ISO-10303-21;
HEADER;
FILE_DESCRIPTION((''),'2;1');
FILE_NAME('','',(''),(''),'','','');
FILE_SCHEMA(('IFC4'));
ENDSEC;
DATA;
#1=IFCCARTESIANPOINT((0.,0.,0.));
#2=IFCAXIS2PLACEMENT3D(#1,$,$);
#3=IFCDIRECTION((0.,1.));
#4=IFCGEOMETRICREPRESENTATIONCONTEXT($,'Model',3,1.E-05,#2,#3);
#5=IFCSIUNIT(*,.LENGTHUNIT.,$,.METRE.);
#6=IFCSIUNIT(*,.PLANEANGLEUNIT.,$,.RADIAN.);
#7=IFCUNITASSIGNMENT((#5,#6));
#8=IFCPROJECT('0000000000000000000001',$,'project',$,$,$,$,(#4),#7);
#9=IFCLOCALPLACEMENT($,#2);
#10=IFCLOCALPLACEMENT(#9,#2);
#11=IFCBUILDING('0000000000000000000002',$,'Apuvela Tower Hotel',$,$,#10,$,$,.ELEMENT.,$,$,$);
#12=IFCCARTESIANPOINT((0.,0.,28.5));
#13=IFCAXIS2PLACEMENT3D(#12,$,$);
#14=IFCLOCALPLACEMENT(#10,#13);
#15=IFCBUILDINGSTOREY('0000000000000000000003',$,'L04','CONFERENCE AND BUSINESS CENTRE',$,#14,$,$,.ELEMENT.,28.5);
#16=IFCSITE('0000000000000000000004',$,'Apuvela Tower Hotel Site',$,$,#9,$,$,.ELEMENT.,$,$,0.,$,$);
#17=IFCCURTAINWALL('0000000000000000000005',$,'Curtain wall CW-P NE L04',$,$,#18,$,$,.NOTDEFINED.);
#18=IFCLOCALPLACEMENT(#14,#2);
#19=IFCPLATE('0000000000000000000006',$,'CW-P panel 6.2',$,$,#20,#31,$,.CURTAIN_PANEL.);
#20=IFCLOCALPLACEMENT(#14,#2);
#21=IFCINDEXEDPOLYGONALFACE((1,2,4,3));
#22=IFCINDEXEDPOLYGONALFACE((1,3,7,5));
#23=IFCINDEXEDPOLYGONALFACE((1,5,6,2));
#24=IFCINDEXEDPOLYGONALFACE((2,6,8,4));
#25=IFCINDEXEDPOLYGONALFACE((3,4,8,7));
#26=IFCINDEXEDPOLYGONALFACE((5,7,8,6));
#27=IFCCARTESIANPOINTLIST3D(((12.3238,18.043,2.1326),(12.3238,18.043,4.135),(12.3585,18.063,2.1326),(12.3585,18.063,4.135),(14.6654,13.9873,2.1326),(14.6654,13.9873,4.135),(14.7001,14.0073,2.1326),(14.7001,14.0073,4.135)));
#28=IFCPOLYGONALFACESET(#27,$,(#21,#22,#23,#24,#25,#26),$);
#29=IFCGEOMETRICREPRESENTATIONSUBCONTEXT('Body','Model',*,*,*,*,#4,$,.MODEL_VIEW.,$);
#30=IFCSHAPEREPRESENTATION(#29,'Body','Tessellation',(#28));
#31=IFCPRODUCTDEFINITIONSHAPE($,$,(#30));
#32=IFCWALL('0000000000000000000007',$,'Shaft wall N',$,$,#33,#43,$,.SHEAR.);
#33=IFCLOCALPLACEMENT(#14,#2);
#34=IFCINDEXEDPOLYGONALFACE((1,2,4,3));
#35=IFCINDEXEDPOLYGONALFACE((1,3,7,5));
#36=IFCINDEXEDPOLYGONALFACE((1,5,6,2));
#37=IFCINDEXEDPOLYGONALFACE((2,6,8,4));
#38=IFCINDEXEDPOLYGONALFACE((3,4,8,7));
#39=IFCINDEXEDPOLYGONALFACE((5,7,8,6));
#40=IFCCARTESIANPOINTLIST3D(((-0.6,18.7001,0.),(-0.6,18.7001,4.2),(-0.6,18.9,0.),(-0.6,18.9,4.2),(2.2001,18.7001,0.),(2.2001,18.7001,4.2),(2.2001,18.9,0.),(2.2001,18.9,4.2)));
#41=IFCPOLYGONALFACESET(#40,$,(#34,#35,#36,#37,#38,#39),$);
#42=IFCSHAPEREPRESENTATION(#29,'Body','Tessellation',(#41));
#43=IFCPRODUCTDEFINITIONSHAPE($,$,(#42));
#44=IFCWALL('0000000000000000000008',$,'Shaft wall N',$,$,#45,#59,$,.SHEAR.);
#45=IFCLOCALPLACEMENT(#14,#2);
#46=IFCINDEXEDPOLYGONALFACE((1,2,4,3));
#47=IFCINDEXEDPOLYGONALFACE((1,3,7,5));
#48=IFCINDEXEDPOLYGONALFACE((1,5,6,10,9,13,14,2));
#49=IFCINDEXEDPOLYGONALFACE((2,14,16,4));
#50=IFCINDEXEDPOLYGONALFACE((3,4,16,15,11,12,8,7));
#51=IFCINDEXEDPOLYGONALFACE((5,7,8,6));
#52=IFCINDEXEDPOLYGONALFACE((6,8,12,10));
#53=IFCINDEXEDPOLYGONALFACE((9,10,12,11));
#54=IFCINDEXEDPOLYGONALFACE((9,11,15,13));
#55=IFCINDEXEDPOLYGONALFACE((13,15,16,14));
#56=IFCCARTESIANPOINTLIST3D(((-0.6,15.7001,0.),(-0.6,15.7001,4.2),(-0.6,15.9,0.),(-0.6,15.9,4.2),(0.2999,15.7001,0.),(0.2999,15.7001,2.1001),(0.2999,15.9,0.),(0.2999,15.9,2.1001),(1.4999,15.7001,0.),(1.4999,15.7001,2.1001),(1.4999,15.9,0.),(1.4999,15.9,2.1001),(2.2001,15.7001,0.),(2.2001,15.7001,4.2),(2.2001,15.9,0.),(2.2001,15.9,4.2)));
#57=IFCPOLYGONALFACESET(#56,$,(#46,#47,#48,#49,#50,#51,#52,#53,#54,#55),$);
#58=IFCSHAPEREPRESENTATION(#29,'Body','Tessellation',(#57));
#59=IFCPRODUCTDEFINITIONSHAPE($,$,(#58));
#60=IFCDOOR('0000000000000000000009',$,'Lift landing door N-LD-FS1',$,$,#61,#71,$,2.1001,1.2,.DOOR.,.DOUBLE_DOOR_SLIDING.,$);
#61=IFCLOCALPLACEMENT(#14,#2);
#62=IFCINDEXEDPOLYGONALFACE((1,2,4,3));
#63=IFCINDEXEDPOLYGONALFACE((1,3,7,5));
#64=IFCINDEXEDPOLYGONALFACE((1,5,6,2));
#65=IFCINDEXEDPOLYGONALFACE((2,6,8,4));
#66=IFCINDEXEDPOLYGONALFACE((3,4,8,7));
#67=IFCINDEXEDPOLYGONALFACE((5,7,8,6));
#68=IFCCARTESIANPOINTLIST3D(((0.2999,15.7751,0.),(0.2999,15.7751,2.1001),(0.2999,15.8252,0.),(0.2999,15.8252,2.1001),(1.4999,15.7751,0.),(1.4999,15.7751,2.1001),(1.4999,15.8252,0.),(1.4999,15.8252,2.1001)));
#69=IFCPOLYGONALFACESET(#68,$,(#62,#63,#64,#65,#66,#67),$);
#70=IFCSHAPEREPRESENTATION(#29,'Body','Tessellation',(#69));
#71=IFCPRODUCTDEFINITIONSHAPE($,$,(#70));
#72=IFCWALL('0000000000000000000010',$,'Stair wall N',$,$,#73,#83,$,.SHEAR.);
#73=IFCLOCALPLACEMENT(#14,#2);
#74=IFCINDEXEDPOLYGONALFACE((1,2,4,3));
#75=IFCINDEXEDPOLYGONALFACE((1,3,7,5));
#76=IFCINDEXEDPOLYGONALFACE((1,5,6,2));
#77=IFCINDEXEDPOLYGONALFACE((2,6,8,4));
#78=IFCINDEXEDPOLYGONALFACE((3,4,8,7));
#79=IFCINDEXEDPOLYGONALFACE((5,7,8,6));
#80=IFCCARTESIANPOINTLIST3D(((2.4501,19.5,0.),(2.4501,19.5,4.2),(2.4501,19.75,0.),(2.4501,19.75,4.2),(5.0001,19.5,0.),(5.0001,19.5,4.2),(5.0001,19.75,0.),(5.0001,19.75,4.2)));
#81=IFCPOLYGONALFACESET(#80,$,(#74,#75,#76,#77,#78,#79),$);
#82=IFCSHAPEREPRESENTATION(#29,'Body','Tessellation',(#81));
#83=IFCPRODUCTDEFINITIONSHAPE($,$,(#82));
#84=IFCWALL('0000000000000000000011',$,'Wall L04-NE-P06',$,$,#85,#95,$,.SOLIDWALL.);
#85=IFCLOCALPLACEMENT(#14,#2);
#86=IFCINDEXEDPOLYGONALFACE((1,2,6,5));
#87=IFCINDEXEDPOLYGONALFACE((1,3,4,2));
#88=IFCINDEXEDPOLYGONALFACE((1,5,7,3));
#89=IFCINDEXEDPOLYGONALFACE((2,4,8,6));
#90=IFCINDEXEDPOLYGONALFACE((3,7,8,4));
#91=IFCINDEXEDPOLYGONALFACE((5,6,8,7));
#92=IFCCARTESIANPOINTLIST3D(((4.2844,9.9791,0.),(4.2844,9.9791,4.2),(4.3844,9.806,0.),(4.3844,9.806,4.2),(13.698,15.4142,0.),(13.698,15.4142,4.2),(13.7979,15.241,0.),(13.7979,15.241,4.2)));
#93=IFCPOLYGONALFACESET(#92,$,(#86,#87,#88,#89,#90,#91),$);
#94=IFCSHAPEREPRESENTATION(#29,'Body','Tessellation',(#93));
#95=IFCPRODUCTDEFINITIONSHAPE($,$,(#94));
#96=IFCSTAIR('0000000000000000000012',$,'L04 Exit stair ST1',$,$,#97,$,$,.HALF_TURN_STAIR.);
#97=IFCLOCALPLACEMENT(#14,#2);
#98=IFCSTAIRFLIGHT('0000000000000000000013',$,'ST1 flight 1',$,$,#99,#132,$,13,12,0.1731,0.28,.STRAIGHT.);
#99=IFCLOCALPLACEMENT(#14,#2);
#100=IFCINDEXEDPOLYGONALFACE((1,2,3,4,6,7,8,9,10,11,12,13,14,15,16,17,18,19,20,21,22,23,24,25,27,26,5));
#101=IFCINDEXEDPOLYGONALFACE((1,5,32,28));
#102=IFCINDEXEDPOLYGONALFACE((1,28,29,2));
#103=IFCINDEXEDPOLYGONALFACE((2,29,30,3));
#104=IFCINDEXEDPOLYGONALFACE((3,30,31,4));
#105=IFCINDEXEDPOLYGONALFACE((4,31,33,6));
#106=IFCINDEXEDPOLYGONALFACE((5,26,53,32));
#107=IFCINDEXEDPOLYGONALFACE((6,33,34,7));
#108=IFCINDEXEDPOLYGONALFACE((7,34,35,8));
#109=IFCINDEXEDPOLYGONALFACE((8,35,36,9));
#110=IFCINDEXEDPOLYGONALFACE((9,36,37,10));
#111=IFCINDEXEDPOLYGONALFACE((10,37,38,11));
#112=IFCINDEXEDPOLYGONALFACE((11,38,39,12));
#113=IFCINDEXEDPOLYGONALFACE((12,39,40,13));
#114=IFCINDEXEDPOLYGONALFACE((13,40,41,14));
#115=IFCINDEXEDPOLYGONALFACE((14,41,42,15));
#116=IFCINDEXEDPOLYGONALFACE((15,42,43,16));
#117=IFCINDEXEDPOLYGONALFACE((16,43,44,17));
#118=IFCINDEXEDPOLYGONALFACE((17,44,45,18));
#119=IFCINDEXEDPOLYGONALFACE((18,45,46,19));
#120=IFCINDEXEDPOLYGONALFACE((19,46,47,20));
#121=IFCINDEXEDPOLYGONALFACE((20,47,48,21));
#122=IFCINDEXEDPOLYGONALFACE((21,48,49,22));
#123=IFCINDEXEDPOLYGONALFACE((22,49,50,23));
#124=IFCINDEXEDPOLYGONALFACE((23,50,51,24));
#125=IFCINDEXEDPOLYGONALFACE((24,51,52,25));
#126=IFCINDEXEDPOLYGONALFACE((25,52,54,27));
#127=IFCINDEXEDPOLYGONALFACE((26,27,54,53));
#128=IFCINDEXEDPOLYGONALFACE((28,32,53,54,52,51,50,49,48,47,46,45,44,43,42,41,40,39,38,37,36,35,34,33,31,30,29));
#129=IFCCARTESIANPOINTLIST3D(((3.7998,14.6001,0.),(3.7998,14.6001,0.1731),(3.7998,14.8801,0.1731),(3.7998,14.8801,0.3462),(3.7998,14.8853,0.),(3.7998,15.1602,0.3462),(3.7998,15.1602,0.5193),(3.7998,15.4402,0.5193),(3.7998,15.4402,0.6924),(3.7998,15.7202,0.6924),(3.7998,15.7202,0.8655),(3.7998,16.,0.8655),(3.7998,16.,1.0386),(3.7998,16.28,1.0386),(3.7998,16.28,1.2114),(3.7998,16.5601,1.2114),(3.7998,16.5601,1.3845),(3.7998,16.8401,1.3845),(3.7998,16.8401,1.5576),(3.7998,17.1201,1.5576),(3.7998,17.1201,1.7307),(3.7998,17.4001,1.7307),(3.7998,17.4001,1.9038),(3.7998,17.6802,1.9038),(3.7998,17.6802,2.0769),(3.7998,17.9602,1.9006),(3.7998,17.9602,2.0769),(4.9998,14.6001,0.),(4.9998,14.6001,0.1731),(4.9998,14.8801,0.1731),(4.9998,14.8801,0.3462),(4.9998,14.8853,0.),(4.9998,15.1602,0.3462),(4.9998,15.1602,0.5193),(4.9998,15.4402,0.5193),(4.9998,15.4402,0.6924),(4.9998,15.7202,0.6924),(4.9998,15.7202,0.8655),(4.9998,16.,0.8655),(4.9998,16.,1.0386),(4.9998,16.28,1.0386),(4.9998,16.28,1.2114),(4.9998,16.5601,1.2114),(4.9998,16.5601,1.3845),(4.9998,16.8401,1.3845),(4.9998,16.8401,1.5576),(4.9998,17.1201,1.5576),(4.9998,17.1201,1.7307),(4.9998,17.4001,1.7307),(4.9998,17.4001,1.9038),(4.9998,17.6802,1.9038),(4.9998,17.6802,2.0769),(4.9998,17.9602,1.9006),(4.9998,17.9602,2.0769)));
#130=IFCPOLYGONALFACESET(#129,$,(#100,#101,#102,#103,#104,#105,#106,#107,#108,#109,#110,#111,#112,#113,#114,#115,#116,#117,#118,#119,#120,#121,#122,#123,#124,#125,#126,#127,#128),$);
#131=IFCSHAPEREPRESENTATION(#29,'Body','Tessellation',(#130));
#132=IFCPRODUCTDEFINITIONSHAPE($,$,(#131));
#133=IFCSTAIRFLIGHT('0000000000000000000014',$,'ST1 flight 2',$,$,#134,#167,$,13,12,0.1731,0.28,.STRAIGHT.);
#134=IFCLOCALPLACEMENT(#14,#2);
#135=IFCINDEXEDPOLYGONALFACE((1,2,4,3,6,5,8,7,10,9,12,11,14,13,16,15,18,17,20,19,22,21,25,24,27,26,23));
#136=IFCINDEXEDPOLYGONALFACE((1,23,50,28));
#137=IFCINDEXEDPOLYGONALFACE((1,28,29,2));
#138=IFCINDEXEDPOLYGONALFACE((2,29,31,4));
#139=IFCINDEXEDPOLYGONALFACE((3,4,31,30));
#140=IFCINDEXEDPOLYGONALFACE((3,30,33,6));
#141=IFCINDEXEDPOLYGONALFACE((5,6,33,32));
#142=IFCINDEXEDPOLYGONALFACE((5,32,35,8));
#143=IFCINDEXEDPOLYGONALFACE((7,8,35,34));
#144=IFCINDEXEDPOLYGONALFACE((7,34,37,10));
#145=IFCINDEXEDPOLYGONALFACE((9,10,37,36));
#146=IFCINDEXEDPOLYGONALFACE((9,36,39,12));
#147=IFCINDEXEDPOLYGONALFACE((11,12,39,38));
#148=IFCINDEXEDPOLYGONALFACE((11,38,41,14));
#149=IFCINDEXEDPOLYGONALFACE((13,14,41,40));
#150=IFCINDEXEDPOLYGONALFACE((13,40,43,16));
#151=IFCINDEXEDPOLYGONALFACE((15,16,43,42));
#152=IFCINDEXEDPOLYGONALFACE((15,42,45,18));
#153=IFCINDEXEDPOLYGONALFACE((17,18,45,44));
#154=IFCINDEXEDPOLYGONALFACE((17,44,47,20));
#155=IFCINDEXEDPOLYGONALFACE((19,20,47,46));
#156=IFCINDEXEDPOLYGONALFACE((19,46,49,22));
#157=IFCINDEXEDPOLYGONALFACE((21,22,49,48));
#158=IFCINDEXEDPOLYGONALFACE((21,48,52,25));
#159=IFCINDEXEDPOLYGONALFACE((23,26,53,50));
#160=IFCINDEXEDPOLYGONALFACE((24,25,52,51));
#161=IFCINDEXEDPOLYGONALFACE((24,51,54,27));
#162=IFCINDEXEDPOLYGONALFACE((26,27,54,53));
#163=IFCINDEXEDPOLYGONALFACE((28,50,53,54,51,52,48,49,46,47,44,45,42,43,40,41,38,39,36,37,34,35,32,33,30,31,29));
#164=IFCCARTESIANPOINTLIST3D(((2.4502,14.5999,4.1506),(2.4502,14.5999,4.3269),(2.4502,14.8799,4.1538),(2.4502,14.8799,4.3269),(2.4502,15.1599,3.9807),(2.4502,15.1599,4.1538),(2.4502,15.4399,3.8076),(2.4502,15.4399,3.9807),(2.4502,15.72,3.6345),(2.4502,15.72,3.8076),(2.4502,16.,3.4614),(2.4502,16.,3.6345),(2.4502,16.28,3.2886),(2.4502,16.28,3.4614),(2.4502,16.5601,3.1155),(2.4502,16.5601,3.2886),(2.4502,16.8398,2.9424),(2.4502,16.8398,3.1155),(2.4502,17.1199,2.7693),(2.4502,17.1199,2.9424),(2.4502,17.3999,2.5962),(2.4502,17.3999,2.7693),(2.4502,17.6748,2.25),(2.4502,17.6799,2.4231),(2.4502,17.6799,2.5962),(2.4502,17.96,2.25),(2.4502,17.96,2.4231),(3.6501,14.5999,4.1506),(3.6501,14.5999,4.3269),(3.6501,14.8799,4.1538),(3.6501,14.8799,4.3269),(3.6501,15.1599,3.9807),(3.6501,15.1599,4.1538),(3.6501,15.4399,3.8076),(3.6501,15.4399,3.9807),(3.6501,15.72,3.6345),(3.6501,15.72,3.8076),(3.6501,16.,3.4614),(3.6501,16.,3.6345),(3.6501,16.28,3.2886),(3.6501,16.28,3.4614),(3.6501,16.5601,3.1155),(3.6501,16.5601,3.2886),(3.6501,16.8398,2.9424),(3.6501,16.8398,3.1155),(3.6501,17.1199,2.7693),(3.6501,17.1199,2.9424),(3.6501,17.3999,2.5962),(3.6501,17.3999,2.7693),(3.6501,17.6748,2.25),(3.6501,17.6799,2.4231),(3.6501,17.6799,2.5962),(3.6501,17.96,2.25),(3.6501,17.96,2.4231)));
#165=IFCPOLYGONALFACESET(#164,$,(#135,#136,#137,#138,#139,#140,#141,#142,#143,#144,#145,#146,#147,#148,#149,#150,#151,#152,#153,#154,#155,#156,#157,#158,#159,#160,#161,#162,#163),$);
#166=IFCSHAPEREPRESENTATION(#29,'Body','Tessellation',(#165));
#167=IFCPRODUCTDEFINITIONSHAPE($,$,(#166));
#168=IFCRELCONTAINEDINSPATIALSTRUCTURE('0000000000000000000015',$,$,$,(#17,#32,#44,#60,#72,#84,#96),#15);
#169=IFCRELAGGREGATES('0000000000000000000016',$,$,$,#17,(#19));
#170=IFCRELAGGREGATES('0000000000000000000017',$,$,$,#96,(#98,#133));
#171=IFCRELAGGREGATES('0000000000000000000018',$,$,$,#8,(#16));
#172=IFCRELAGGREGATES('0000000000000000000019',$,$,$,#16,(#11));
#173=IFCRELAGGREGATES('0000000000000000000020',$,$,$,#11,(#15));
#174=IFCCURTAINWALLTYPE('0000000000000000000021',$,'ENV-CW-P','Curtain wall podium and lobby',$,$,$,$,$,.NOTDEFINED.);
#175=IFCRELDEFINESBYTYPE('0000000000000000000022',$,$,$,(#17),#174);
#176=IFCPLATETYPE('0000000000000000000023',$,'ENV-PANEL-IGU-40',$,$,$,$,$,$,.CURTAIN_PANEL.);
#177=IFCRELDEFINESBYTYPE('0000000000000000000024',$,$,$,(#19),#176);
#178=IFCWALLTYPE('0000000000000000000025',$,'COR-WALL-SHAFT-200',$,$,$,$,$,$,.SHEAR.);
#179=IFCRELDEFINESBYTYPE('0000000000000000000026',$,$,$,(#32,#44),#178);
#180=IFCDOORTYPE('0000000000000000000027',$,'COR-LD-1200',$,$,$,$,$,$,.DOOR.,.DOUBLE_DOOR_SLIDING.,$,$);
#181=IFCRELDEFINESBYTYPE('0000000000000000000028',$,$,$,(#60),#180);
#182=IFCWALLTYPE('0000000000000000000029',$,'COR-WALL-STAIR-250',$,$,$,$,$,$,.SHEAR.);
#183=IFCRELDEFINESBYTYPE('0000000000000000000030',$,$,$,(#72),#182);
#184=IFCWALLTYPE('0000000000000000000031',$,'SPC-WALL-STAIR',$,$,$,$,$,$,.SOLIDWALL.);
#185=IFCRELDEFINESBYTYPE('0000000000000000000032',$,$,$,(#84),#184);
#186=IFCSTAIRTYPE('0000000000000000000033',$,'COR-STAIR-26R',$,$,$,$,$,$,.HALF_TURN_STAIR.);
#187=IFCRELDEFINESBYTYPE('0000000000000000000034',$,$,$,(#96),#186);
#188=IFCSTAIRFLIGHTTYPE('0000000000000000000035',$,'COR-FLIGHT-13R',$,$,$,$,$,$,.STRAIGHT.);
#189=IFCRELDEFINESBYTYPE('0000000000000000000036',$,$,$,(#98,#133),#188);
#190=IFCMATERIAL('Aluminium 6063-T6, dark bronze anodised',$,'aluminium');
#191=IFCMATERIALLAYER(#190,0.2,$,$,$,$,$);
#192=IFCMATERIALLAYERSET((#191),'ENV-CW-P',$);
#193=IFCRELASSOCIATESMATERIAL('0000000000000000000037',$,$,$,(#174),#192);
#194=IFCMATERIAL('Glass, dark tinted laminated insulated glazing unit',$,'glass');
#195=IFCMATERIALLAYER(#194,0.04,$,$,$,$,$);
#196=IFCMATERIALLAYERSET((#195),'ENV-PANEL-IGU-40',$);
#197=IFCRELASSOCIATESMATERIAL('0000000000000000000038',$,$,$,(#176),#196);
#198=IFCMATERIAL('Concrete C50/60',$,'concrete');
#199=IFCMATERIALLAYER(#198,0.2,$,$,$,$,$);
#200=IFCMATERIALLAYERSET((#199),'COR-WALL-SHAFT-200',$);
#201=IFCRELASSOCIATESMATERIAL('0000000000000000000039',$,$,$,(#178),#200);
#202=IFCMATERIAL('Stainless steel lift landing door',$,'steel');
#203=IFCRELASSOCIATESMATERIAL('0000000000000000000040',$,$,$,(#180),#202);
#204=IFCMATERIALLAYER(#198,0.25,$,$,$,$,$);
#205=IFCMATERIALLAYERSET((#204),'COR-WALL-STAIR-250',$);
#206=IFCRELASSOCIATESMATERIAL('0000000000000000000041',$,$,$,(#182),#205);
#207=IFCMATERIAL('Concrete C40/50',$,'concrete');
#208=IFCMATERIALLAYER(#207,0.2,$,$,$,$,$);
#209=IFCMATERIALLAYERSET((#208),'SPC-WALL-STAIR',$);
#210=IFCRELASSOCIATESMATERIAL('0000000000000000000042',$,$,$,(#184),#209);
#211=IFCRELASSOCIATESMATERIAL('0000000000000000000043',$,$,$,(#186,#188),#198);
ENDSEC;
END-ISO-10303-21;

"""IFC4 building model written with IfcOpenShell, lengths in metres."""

from ifc_helpers import new_model, si_unit, direction, frame, frame_2d, origin, origin_2d, place, context, subcontext, project, spatial, polyline, rectangle, outline, extrude, material, layer, layer_set, type_object, element, fill, aggregate, save


model = new_model("IFC4")

# Units and contexts
model_context = context("Model", 3, precision=1e-05, world=origin(), true_north=direction((0.0, 1.0)))
body_context = subcontext(model_context, "Body", "Model", "MODEL_VIEW")
ifc_project = project(units=[si_unit("LENGTHUNIT", "METRE"), si_unit("PLANEANGLEUNIT", "RADIAN")], contexts=[model_context])

# Site, building, storey
site_placement = place(None, origin())
site = spatial("IfcSite", under=ifc_project, at=site_placement, Name="Apuvela Tower Hotel Site", CompositionType="ELEMENT", RefElevation=0.0)
building_placement = place(site_placement, origin())
building = spatial("IfcBuilding", under=site, at=building_placement, Name="Apuvela Tower Hotel", CompositionType="ELEMENT")
storey_placement = place(building_placement, frame((0.0, 0.0, 28.5)))
storey = spatial("IfcBuildingStorey", under=building, at=storey_placement, Name="L04", Description="CONFERENCE AND BUSINESS CENTRE", CompositionType="ELEMENT", Elevation=28.5)

# Curtain wall
ifc_material_1 = material(Name="Aluminium 6063-T6, dark bronze anodised", Category="aluminium")
ifc_layer_1 = layer(ifc_material_1, 0.2)
ifc_layer_set_1 = layer_set([ifc_layer_1], Name="ENV-CW-P")
curtain_wall_type = type_object("IfcCurtainWallType", Name="ENV-CW-P", Description="Curtain wall podium and lobby", PredefinedType="NOTDEFINED", material=ifc_layer_set_1)
curtain_wall_placement = place(storey_placement, origin())
curtain_wall = element("IfcCurtainWall", 1, at=curtain_wall_placement, inside=storey, type_object=curtain_wall_type, Name="Curtain wall CW-P NE L04", PredefinedType="NOTDEFINED")

# Plate
ifc_material_2 = material(Name="Glass, dark tinted laminated insulated glazing unit", Category="glass")
ifc_layer_2 = layer(ifc_material_2, 0.04)
ifc_layer_set_2 = layer_set([ifc_layer_2], Name="ENV-PANEL-IGU-40")
plate_type = type_object("IfcPlateType", Name="ENV-PANEL-IGU-40", PredefinedType="CURTAIN_PANEL", material=ifc_layer_set_2)
plate_1_placement = place(storey_placement, frame((13.512, 16.0251, 2.1326), z_axis=(0.0, 0.0, 1.0), x_axis=(-0.500002, 0.866024, 0.0)))
plate_1 = element("IfcPlate", 2, at=plate_1_placement, type_object=plate_type, Name="CW-P panel 6.2", PredefinedType="CURTAIN_PANEL", context=body_context, shape_type="SweptSolid", body=[
    extrude(rectangle(XDim=4.6831, YDim=0.04, at=origin_2d()), origin(), (0.0, 0.0, 1.0), 2.0024),
])
aggregate(curtain_wall, [plate_1])

# Wall
ifc_material_3 = material(Name="Concrete C50/60", Category="concrete")
ifc_layer_3 = layer(ifc_material_3, 0.2)
ifc_layer_set_3 = layer_set([ifc_layer_3], Name="COR-WALL-SHAFT-200")
wall_type_1 = type_object("IfcWallType", Name="COR-WALL-SHAFT-200", PredefinedType="SHEAR", material=ifc_layer_set_3)
wall_1_placement = place(storey_placement, frame((2.2, 18.8, 0.0), z_axis=(0.0, 0.0, 1.0), x_axis=(-1.0, 0.0, 0.0)))
element("IfcWall", 3, at=wall_1_placement, inside=storey, type_object=wall_type_1, Name="Shaft wall N", PredefinedType="SHEAR", context=body_context, shape_type="SweptSolid", body=[
    extrude(rectangle(XDim=2.8, YDim=0.2, at=frame_2d((1.3999, 0.0))), origin(), (0.0, 0.0, 1.0), 4.2),
])

# Wall, opening, door
wall_2_placement = place(storey_placement, frame((2.2, 15.8, 0.0), z_axis=(0.0, 0.0, 1.0), x_axis=(-1.0, 0.0, 0.0)))
wall_2 = element("IfcWall", 4, at=wall_2_placement, inside=storey, type_object=wall_type_1, Name="Shaft wall N", PredefinedType="SHEAR", context=body_context, shape_type="SweptSolid", body=[
    extrude(rectangle(XDim=2.8, YDim=0.2, at=frame_2d((1.3999, 0.0))), origin(), (0.0, 0.0, 1.0), 4.2),
])
opening_placement = place(wall_2_placement, frame((0.7, 0.0, 0.0)))
opening = element("IfcOpeningElement", 5, at=opening_placement, cuts=wall_2, PredefinedType="OPENING", context=body_context, shape_type="SweptSolid", body=[
    extrude(rectangle(XDim=1.2, YDim=2.1001, at=frame_2d((0.6001, 1.05))), frame((0.0, 0.1099, 0.0), z_axis=(0.0, -1.0, 0.0), x_axis=(1.0, 0.0, 0.0)), (0.0, 0.0, 1.0), 0.22),
])
ifc_material_4 = material(Name="Stainless steel lift landing door", Category="steel")
door_type = type_object("IfcDoorType", Name="COR-LD-1200", OperationType="DOUBLE_DOOR_SLIDING", PredefinedType="DOOR", material=ifc_material_4)
door_placement = place(opening_placement, origin())
door = element("IfcDoor", 6, at=door_placement, inside=storey, type_object=door_type, Name="Lift landing door N-LD-FS1", OperationType="DOUBLE_DOOR_SLIDING", OverallHeight=2.1001, OverallWidth=1.2, PredefinedType="DOOR", context=body_context, shape_type="SweptSolid", body=[
    extrude(rectangle(XDim=1.2, YDim=2.1001, at=frame_2d((0.6001, 1.05))), frame((0.0, 0.0249, 0.0), z_axis=(0.0, -1.0, 0.0), x_axis=(1.0, 0.0, 0.0)), (0.0, 0.0, 1.0), 0.05),
])
fill(opening, door)

# Walls
ifc_layer_4 = layer(ifc_material_3, 0.25)
ifc_layer_set_4 = layer_set([ifc_layer_4], Name="COR-WALL-STAIR-250")
wall_type_2 = type_object("IfcWallType", Name="COR-WALL-STAIR-250", PredefinedType="SHEAR", material=ifc_layer_set_4)
wall_3_placement = place(storey_placement, frame((5.0, 19.625, 0.0), z_axis=(0.0, 0.0, 1.0), x_axis=(-1.0, 0.0, 0.0)))
element("IfcWall", 7, at=wall_3_placement, inside=storey, type_object=wall_type_2, Name="Stair wall N", PredefinedType="SHEAR", context=body_context, shape_type="SweptSolid", body=[
    extrude(rectangle(XDim=2.55, YDim=0.25, at=frame_2d((1.2749, 0.0))), origin(), (0.0, 0.0, 1.0), 4.2),
])
ifc_material_5 = material(Name="Concrete C40/50", Category="concrete")
ifc_layer_5 = layer(ifc_material_5, 0.2)
ifc_layer_set_5 = layer_set([ifc_layer_5], Name="SPC-WALL-STAIR")
wall_type_3 = type_object("IfcWallType", Name="SPC-WALL-STAIR", PredefinedType="SOLIDWALL", material=ifc_layer_set_5)
wall_4_placement = place(storey_placement, frame((13.748, 15.3276, 0.0), z_axis=(0.0, 0.0, 1.0), x_axis=(-0.86602, -0.500009, 0.0)))
element("IfcWall", 8, at=wall_4_placement, inside=storey, type_object=wall_type_3, Name="Wall L04-NE-P06", PredefinedType="SOLIDWALL", context=body_context, shape_type="SweptSolid", body=[
    extrude(rectangle(XDim=10.8699, YDim=0.2, at=frame_2d((5.4351, 0.0))), origin(), (0.0, 0.0, 1.0), 4.2),
])

# Stair, stair flights
stair_type = type_object("IfcStairType", Name="COR-STAIR-26R", PredefinedType="HALF_TURN_STAIR", material=ifc_material_3)
stair_placement = place(storey_placement, origin())
stair = element("IfcStair", 9, at=stair_placement, inside=storey, type_object=stair_type, Name="L04 Exit stair ST1", PredefinedType="HALF_TURN_STAIR")
stair_flight_type = type_object("IfcStairFlightType", Name="COR-FLIGHT-13R", PredefinedType="STRAIGHT", material=ifc_material_3)
stair_flight_1_placement = place(storey_placement, frame((4.3999, 14.6001, 0.0), z_axis=(0.0, 0.0, 1.0), x_axis=(0.0, 1.0, 0.0)))
stair_flight_1 = element("IfcStairFlight", 10, at=stair_flight_1_placement, type_object=stair_flight_type, Name="ST1 flight 1", NumberOfRisers=13, NumberOfTreads=12, PredefinedType="STRAIGHT", RiserHeight=0.1731, TreadLength=0.28, context=body_context, shape_type="SweptSolid", body=[
    extrude(outline(polyline([(0.0, 0.0), (0.0, 0.1731), (0.28, 0.1731), (0.28, 0.3462), (0.5601, 0.3462), (0.5601, 0.5193), (0.8401, 0.5193), (0.8401, 0.6924), (1.1201, 0.6924), (1.1201, 0.8655), (1.3999, 0.8655), (1.3999, 1.0386), (1.6799, 1.0386), (1.6799, 1.2114), (1.96, 1.2114), (1.96, 1.3845), (2.24, 1.3845), (2.24, 1.5576), (2.52, 1.5576), (2.52, 1.7307), (2.8, 1.7307), (2.8, 1.9038), (3.0801, 1.9038), (3.0801, 2.0769), (3.3601, 2.0769), (3.3601, 2.25), (3.3601, 1.9006), (0.2852, 0.0), (0.0, 0.0)])), frame((0.0, 0.6001, 0.0), z_axis=(0.0, -1.0, 0.0), x_axis=(1.0, 0.0, 0.0)), (0.0, 0.0, 1.0), 1.2),
])
stair_flight_2_placement = place(storey_placement, frame((3.05, 17.96, 2.25), z_axis=(0.0, 0.0, 1.0), x_axis=(0.0, -1.0, 0.0)))
stair_flight_2 = element("IfcStairFlight", 11, at=stair_flight_2_placement, type_object=stair_flight_type, Name="ST1 flight 2", NumberOfRisers=13, NumberOfTreads=12, PredefinedType="STRAIGHT", RiserHeight=0.1731, TreadLength=0.28, context=body_context, shape_type="SweptSolid", body=[
    extrude(outline(polyline([(0.0, 0.0), (0.0, 0.1731), (0.28, 0.1731), (0.28, 0.3462), (0.5601, 0.3462), (0.5601, 0.5193), (0.8401, 0.5193), (0.8401, 0.6924), (1.1201, 0.6924), (1.1201, 0.8655), (1.3999, 0.8655), (1.3999, 1.0386), (1.6799, 1.0386), (1.6799, 1.2114), (1.96, 1.2114), (1.96, 1.3845), (2.24, 1.3845), (2.24, 1.5576), (2.52, 1.5576), (2.52, 1.7307), (2.8, 1.7307), (2.8, 1.9038), (3.0801, 1.9038), (3.0801, 2.0769), (3.3601, 2.0769), (3.3601, 2.25), (3.3601, 1.9006), (0.2852, 0.0), (0.0, 0.0)])), frame((0.0, 0.6001, 0.0), z_axis=(0.0, -1.0, 0.0), x_axis=(1.0, 0.0, 0.0)), (0.0, 0.0, 1.0), 1.2),
])
aggregate(stair, [stair_flight_1, stair_flight_2])

save(model, "model.ifc")
